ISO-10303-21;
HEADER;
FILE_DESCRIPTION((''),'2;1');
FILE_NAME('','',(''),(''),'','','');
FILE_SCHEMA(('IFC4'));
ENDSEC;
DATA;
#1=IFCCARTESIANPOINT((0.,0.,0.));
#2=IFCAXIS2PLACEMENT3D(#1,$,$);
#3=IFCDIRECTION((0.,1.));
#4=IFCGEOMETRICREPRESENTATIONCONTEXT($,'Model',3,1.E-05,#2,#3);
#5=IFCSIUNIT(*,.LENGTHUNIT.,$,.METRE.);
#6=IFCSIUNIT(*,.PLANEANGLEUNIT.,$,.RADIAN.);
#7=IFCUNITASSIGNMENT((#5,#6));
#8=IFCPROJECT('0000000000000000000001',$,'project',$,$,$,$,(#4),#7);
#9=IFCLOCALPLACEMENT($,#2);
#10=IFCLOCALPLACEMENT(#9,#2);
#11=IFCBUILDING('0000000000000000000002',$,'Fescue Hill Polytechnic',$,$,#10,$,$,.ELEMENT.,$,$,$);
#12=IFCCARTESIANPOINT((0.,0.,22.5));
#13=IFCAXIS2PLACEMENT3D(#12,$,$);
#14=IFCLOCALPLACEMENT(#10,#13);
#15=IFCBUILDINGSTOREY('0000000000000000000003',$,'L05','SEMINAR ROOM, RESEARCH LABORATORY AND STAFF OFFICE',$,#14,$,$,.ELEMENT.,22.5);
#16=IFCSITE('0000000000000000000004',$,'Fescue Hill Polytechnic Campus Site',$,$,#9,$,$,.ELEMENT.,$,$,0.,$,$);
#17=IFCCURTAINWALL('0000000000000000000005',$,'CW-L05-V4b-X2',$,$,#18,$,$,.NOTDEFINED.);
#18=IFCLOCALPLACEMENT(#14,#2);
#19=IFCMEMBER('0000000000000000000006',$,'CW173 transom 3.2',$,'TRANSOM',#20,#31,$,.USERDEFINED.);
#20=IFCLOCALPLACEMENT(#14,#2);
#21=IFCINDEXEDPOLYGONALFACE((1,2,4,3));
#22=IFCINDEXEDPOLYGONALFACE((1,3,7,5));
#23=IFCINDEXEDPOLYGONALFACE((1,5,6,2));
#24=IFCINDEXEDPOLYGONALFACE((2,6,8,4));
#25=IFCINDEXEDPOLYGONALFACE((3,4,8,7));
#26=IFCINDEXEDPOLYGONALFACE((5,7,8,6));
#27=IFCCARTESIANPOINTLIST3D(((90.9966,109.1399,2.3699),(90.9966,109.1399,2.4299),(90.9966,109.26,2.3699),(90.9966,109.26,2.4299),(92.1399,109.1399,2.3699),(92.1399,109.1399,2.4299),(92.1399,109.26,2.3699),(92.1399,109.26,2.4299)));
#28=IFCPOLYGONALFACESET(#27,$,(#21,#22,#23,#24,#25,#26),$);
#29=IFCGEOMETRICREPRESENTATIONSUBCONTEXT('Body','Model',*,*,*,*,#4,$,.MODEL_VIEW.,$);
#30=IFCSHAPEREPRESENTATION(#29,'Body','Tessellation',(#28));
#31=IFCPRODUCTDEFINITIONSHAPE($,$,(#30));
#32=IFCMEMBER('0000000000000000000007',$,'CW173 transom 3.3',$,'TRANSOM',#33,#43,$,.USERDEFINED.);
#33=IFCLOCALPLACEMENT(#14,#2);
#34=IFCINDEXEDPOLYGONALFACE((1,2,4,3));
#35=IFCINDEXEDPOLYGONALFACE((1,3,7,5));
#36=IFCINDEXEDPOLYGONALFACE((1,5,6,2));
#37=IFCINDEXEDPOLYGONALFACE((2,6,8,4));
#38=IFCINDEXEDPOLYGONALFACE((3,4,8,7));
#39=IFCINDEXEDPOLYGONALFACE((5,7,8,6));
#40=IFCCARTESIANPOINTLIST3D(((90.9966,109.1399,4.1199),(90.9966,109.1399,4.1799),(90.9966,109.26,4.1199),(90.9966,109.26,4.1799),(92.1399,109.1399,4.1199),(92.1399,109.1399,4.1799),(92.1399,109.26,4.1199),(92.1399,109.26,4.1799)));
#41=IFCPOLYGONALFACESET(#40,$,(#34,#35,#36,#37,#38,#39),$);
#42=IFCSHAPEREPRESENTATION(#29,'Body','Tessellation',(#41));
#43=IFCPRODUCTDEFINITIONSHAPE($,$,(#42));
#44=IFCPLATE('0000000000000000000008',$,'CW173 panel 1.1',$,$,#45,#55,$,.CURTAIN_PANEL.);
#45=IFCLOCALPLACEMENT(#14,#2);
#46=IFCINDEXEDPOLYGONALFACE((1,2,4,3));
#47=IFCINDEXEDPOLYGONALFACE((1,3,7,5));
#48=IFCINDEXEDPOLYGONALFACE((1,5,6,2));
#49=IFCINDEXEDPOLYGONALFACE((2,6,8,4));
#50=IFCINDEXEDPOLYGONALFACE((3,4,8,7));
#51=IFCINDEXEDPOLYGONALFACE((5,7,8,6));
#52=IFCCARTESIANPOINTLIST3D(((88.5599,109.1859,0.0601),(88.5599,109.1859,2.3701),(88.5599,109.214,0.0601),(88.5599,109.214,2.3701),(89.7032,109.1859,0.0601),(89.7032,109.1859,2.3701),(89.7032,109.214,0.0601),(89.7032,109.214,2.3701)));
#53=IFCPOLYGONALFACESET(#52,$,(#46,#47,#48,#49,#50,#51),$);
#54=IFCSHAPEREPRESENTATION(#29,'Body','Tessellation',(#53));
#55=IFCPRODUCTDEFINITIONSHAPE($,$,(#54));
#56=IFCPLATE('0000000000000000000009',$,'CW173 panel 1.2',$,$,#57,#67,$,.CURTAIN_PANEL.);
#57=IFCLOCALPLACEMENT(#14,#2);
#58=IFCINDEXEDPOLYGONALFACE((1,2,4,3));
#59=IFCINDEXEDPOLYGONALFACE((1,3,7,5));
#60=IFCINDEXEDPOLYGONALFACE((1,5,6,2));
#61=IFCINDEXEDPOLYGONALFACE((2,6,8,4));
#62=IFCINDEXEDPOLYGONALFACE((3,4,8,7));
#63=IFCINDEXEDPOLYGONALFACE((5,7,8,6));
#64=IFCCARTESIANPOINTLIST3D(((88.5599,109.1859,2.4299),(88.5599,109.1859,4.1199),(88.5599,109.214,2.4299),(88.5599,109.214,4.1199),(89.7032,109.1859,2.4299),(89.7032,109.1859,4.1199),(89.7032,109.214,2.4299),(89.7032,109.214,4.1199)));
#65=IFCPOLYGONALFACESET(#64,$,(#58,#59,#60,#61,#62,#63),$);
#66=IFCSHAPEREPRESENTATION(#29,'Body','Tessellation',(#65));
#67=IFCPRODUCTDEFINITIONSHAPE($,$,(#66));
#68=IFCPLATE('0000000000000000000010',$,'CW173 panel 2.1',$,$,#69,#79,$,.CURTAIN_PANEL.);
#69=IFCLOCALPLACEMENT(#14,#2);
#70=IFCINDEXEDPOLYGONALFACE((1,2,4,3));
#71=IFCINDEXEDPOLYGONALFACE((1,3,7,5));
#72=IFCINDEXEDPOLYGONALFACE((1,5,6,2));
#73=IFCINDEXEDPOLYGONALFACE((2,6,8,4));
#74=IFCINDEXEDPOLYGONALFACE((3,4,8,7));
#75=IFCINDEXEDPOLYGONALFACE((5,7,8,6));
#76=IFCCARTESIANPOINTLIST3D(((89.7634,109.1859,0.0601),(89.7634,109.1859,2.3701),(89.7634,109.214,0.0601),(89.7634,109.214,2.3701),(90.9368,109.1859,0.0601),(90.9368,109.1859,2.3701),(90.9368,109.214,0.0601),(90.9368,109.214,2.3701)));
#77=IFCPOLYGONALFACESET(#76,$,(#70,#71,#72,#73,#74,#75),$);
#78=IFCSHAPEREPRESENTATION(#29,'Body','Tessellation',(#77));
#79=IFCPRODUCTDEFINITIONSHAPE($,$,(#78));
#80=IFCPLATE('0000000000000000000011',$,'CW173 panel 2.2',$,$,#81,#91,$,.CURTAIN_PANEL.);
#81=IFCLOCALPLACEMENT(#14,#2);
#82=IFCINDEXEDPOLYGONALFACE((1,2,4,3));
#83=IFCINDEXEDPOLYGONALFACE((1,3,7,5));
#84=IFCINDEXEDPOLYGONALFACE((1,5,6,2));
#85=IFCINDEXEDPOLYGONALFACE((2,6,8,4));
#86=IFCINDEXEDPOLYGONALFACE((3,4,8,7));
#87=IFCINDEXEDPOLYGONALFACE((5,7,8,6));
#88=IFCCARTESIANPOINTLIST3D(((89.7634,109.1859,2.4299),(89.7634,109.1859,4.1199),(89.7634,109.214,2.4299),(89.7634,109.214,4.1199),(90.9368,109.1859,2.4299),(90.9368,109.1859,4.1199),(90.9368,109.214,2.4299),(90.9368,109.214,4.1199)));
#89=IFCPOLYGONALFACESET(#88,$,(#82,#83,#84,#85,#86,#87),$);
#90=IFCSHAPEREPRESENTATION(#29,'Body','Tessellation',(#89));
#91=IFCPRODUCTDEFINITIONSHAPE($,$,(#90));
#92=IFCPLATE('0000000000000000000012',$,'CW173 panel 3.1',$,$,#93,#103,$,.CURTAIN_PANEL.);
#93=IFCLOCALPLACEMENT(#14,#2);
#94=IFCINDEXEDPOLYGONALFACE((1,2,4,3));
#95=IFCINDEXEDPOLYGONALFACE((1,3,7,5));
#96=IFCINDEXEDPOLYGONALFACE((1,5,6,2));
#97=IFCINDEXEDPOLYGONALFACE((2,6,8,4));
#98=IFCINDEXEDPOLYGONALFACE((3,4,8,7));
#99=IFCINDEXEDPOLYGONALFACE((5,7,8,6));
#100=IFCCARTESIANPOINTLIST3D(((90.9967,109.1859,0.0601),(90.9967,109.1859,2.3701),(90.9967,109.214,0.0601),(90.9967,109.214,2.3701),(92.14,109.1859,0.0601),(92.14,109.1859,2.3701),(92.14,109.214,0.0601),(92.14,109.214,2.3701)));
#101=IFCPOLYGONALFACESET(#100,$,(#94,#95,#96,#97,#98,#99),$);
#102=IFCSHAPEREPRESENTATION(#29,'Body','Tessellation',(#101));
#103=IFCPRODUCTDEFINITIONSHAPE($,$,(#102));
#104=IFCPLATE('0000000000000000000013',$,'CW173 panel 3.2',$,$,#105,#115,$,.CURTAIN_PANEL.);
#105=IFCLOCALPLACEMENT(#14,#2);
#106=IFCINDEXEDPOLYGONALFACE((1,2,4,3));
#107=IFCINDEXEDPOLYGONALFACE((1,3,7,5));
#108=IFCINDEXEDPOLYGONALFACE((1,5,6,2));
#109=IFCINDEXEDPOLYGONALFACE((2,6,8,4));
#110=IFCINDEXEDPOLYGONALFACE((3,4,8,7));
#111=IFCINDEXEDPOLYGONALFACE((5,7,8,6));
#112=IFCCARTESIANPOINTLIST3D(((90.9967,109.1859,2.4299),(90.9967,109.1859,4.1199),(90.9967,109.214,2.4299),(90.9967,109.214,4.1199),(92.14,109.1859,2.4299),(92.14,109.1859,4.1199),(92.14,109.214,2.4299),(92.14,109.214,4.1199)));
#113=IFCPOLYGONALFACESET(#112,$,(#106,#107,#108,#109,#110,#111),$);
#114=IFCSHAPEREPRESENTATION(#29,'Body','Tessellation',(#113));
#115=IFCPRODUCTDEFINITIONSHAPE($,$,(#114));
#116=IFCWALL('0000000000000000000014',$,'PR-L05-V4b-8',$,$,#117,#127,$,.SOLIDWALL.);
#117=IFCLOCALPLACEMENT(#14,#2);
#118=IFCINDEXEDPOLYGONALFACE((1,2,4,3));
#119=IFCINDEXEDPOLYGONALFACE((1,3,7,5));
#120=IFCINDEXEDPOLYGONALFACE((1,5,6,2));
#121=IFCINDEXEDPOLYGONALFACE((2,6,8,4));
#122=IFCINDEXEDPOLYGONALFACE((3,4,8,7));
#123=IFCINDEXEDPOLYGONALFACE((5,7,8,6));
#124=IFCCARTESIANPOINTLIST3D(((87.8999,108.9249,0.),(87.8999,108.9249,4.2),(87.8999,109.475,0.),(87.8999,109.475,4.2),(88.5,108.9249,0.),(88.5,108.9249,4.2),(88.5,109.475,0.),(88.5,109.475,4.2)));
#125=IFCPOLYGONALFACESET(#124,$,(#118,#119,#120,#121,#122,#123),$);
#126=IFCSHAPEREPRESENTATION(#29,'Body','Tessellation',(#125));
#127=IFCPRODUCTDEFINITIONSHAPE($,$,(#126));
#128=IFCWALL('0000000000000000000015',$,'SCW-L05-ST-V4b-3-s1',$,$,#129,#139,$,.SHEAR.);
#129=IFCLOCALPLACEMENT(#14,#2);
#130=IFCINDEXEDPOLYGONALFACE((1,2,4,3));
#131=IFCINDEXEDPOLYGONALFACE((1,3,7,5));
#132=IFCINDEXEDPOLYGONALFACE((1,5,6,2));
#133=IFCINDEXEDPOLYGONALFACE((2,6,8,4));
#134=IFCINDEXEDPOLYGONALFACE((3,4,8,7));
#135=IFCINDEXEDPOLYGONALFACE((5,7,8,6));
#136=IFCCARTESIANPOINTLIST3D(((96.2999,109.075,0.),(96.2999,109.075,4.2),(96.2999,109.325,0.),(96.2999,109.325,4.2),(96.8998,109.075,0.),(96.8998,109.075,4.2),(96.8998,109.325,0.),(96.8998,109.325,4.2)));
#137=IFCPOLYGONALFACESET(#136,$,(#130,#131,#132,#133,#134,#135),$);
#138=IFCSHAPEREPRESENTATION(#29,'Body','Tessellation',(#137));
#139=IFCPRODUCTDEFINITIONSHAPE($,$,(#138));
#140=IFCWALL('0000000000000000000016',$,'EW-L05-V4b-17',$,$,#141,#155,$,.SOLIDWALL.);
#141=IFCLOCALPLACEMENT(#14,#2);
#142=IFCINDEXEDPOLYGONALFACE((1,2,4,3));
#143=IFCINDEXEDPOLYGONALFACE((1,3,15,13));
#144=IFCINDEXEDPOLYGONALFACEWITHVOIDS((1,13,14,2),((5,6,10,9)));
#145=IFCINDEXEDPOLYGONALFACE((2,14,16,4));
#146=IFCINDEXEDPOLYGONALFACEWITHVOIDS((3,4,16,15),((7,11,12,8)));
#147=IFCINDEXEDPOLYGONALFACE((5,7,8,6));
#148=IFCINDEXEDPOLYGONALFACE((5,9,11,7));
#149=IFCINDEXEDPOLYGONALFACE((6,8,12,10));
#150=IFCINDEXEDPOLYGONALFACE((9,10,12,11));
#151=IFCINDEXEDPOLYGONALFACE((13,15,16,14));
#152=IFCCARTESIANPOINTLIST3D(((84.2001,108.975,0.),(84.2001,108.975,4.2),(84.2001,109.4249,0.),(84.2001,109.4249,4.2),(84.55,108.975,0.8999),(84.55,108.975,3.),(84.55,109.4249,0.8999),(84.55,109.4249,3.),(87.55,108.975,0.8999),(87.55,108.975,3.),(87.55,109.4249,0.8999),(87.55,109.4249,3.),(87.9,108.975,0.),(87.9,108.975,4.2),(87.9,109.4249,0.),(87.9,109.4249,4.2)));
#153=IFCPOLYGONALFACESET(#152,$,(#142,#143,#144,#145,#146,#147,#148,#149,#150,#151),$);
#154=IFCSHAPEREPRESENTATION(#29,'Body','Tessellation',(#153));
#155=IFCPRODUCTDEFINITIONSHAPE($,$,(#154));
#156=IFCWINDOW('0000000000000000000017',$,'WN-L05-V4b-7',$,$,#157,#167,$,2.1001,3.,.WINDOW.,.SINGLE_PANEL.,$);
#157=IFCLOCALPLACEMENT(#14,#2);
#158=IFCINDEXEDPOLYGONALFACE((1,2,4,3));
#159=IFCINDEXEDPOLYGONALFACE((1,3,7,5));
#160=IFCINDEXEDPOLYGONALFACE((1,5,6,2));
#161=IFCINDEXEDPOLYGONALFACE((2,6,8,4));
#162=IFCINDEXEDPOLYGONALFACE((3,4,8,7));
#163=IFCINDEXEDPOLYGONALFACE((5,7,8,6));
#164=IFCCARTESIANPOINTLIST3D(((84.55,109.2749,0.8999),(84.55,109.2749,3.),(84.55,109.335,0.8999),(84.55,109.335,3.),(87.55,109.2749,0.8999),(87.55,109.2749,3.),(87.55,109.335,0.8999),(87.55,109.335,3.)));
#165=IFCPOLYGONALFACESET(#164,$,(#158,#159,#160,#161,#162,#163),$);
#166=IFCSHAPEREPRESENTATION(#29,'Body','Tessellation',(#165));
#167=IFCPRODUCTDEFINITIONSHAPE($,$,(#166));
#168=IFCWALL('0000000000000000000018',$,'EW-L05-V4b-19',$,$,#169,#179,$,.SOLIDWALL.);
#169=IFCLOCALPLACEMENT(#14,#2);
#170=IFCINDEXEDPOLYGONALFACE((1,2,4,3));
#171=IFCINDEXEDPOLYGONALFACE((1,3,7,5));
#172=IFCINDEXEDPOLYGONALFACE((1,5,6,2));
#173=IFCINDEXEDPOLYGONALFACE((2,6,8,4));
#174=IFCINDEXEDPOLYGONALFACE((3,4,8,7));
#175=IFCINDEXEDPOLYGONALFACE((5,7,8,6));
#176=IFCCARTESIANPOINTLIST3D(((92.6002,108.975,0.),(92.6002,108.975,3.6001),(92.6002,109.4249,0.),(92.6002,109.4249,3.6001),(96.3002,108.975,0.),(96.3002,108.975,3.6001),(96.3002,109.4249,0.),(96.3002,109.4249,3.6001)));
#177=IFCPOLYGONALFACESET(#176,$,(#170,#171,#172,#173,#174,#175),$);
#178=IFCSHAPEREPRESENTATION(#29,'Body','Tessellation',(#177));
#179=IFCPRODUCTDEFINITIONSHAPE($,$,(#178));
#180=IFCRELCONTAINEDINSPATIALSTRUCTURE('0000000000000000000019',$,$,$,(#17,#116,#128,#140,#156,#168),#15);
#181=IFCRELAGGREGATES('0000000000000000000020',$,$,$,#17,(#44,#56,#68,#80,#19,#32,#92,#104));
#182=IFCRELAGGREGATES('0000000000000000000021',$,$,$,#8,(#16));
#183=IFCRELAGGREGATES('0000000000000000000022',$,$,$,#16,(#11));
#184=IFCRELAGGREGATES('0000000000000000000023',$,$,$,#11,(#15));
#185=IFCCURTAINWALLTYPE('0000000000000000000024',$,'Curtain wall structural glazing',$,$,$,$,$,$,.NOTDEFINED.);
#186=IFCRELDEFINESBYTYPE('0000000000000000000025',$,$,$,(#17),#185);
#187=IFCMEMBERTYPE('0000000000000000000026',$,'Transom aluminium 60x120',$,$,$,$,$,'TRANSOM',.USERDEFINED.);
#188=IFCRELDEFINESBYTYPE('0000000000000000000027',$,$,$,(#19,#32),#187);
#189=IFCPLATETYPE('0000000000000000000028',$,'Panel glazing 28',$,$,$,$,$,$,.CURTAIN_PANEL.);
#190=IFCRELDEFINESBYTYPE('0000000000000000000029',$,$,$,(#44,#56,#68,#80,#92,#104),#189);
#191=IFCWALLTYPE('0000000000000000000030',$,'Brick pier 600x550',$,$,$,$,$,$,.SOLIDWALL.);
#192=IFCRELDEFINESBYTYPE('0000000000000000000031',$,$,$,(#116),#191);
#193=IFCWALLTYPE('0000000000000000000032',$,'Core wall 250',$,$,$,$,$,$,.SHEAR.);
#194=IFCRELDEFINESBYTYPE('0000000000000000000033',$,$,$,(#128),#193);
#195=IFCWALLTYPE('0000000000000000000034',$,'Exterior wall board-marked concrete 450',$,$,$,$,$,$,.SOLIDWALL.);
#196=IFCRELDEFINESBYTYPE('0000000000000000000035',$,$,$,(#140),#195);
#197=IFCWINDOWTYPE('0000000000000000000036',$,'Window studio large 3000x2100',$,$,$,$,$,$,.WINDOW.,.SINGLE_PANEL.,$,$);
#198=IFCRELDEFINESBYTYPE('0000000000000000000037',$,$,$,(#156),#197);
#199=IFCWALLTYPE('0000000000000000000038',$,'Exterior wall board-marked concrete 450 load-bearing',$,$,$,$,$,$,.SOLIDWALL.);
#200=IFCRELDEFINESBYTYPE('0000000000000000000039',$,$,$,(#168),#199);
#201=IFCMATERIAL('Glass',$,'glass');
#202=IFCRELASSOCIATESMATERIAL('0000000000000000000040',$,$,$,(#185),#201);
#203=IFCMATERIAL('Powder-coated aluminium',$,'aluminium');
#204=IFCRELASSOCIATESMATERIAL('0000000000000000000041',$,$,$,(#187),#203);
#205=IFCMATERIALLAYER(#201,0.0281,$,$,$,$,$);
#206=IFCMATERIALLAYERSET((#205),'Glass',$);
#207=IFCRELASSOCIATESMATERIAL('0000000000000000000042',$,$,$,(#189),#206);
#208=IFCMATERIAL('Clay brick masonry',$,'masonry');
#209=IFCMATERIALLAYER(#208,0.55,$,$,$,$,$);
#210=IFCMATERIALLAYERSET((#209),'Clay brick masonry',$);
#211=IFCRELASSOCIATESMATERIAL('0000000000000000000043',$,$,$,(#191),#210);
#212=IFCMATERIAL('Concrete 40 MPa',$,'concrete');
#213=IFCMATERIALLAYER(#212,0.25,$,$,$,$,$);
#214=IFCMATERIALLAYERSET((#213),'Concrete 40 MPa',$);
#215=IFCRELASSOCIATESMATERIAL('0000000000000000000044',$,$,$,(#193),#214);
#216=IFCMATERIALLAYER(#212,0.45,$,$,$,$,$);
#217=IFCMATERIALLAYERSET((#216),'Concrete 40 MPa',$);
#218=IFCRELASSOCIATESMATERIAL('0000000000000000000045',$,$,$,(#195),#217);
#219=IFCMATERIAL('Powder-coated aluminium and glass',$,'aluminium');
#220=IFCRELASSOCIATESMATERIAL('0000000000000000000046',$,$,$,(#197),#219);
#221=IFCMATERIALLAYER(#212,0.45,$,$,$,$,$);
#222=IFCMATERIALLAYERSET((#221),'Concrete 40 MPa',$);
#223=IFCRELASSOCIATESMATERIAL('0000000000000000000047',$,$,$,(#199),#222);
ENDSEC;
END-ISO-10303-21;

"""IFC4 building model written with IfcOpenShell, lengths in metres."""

from ifc_helpers import new_model, si_unit, direction, frame, frame_2d, origin, origin_2d, place, context, subcontext, project, spatial, rectangle, extrude, material, layer, layer_set, material_profile, profile_set, type_object, element, fill, aggregate, save


model = new_model("IFC4")

# Units and contexts
model_context = context("Model", 3, precision=1e-05, world=origin(), true_north=direction((0.0, 1.0)))
body_context = subcontext(model_context, "Body", "Model", "MODEL_VIEW")
ifc_project = project(units=[si_unit("LENGTHUNIT", "METRE"), si_unit("PLANEANGLEUNIT", "RADIAN")], contexts=[model_context])

# Site, building, storey
site_placement = place(None, origin())
site = spatial("IfcSite", under=ifc_project, at=site_placement, Name="Fescue Hill Polytechnic Campus Site", CompositionType="ELEMENT", RefElevation=0.0)
building_placement = place(site_placement, origin())
building = spatial("IfcBuilding", under=site, at=building_placement, Name="Fescue Hill Polytechnic", CompositionType="ELEMENT")
storey_placement = place(building_placement, frame((0.0, 0.0, 22.5)))
storey = spatial("IfcBuildingStorey", under=building, at=storey_placement, Name="L05", Description="SEMINAR ROOM, RESEARCH LABORATORY AND STAFF OFFICE", CompositionType="ELEMENT", Elevation=22.5)

# Shared definitions
ifc_material_1 = material(Name="Concrete 40 MPa", Category="concrete")

# Curtain wall, members, plates
ifc_material_2 = material(Name="Glass", Category="glass")
curtain_wall_type = type_object("IfcCurtainWallType", Name="Curtain wall structural glazing", PredefinedType="NOTDEFINED", material=ifc_material_2)
curtain_wall_placement = place(storey_placement, origin())
curtain_wall = element("IfcCurtainWall", 1, at=curtain_wall_placement, inside=storey, type_object=curtain_wall_type, Name="CW-L05-V4b-X2", PredefinedType="NOTDEFINED")
ifc_material_3 = material(Name="Powder-coated aluminium", Category="aluminium")
ifc_material_profile_1 = material_profile(ifc_material_3, rectangle(XDim=0.1201, YDim=0.0601, at=origin_2d()), Name="Transom aluminium 60x120")
ifc_profile_set_1 = profile_set([ifc_material_profile_1], Name="Powder-coated aluminium")
member_type_1 = type_object("IfcMemberType", Name="Transom aluminium 60x120", ElementType="TRANSOM", PredefinedType="USERDEFINED", material=ifc_profile_set_1)
member_1_placement = place(storey_placement, frame((90.9966, 109.2, 2.3999), z_axis=(1.0, 0.0, 0.0), x_axis=(0.0, 1.0, 0.0)))
member_1 = element("IfcMember", 2, at=member_1_placement, type_object=member_type_1, Name="CW173 transom 3.2", ObjectType="TRANSOM", PredefinedType="USERDEFINED", context=body_context, shape_type="SweptSolid", body=[
    extrude(rectangle(XDim=0.1201, YDim=0.0601, at=origin_2d()), origin(), (0.0, 0.0, 1.0), 1.1433),
])
member_2_placement = place(storey_placement, frame((90.9966, 109.2, 4.1499), z_axis=(1.0, 0.0, 0.0), x_axis=(0.0, 1.0, 0.0)))
member_2 = element("IfcMember", 3, at=member_2_placement, type_object=member_type_1, Name="CW173 transom 3.3", ObjectType="TRANSOM", PredefinedType="USERDEFINED", context=body_context, shape_type="SweptSolid", body=[
    extrude(rectangle(XDim=0.1201, YDim=0.0601, at=origin_2d()), origin(), (0.0, 0.0, 1.0), 1.1433),
])
ifc_layer_1 = layer(ifc_material_2, 0.0281)
ifc_layer_set_1 = layer_set([ifc_layer_1], Name="Glass")
plate_type = type_object("IfcPlateType", Name="Panel glazing 28", PredefinedType="CURTAIN_PANEL", material=ifc_layer_set_1)
plate_1_placement = place(storey_placement, frame((89.1316, 109.2, 0.0601), z_axis=(0.0, 0.0, 1.0), x_axis=(1.0, 0.0, 0.0)))
plate_1 = element("IfcPlate", 4, at=plate_1_placement, type_object=plate_type, Name="CW173 panel 1.1", PredefinedType="CURTAIN_PANEL", context=body_context, shape_type="SweptSolid", body=[
    extrude(rectangle(XDim=1.1433, YDim=0.0281, at=origin_2d()), origin(), (0.0, 0.0, 1.0), 2.3101),
])
plate_2_placement = place(storey_placement, frame((89.1316, 109.2, 2.4299), z_axis=(0.0, 0.0, 1.0), x_axis=(1.0, 0.0, 0.0)))
plate_2 = element("IfcPlate", 5, at=plate_2_placement, type_object=plate_type, Name="CW173 panel 1.2", PredefinedType="CURTAIN_PANEL", context=body_context, shape_type="SweptSolid", body=[
    extrude(rectangle(XDim=1.1433, YDim=0.0281, at=origin_2d()), origin(), (0.0, 0.0, 1.0), 1.6899),
])
plate_3_placement = place(storey_placement, frame((90.3501, 109.2, 0.0601), z_axis=(0.0, 0.0, 1.0), x_axis=(1.0, 0.0, 0.0)))
plate_3 = element("IfcPlate", 6, at=plate_3_placement, type_object=plate_type, Name="CW173 panel 2.1", PredefinedType="CURTAIN_PANEL", context=body_context, shape_type="SweptSolid", body=[
    extrude(rectangle(XDim=1.1733, YDim=0.0281, at=origin_2d()), origin(), (0.0, 0.0, 1.0), 2.3101),
])
plate_4_placement = place(storey_placement, frame((90.3501, 109.2, 2.4299), z_axis=(0.0, 0.0, 1.0), x_axis=(1.0, 0.0, 0.0)))
plate_4 = element("IfcPlate", 7, at=plate_4_placement, type_object=plate_type, Name="CW173 panel 2.2", PredefinedType="CURTAIN_PANEL", context=body_context, shape_type="SweptSolid", body=[
    extrude(rectangle(XDim=1.1733, YDim=0.0281, at=origin_2d()), origin(), (0.0, 0.0, 1.0), 1.6899),
])
plate_5_placement = place(storey_placement, frame((91.5684, 109.2, 0.0601), z_axis=(0.0, 0.0, 1.0), x_axis=(1.0, 0.0, 0.0)))
plate_5 = element("IfcPlate", 8, at=plate_5_placement, type_object=plate_type, Name="CW173 panel 3.1", PredefinedType="CURTAIN_PANEL", context=body_context, shape_type="SweptSolid", body=[
    extrude(rectangle(XDim=1.1433, YDim=0.0281, at=origin_2d()), origin(), (0.0, 0.0, 1.0), 2.3101),
])
plate_6_placement = place(storey_placement, frame((91.5684, 109.2, 2.4299), z_axis=(0.0, 0.0, 1.0), x_axis=(1.0, 0.0, 0.0)))
plate_6 = element("IfcPlate", 9, at=plate_6_placement, type_object=plate_type, Name="CW173 panel 3.2", PredefinedType="CURTAIN_PANEL", context=body_context, shape_type="SweptSolid", body=[
    extrude(rectangle(XDim=1.1433, YDim=0.0281, at=origin_2d()), origin(), (0.0, 0.0, 1.0), 1.6899),
])
aggregate(curtain_wall, [plate_1, plate_2, plate_3, plate_4, member_1, member_2, plate_5, plate_6])

# Walls
ifc_material_4 = material(Name="Clay brick masonry", Category="masonry")
ifc_layer_2 = layer(ifc_material_4, 0.55)
ifc_layer_set_2 = layer_set([ifc_layer_2], Name="Clay brick masonry")
wall_type_1 = type_object("IfcWallType", Name="Brick pier 600x550", PredefinedType="SOLIDWALL", material=ifc_layer_set_2)
wall_1_placement = place(storey_placement, frame((87.8999, 109.2, 0.0), z_axis=(0.0, 0.0, 1.0), x_axis=(1.0, 0.0, 0.0)))
element("IfcWall", 10, at=wall_1_placement, inside=storey, type_object=wall_type_1, Name="PR-L05-V4b-8", PredefinedType="SOLIDWALL", context=body_context, shape_type="SweptSolid", body=[
    extrude(rectangle(XDim=0.6001, YDim=0.55, at=frame_2d((0.3, 0.0))), origin(), (0.0, 0.0, 1.0), 4.2),
])
ifc_layer_3 = layer(ifc_material_1, 0.25)
ifc_layer_set_3 = layer_set([ifc_layer_3], Name="Concrete 40 MPa")
wall_type_2 = type_object("IfcWallType", Name="Core wall 250", PredefinedType="SHEAR", material=ifc_layer_set_3)
wall_2_placement = place(storey_placement, frame((96.3, 109.2, 0.0), z_axis=(0.0, 0.0, 1.0), x_axis=(1.0, 0.0, 0.0)))
element("IfcWall", 11, at=wall_2_placement, inside=storey, type_object=wall_type_2, Name="SCW-L05-ST-V4b-3-s1", PredefinedType="SHEAR", context=body_context, shape_type="SweptSolid", body=[
    extrude(rectangle(XDim=0.5999, YDim=0.25, at=frame_2d((0.2998, 0.0))), origin(), (0.0, 0.0, 1.0), 4.2),
])

# Wall, opening, window
ifc_layer_4 = layer(ifc_material_1, 0.45)
ifc_layer_set_4 = layer_set([ifc_layer_4], Name="Concrete 40 MPa")
wall_type_3 = type_object("IfcWallType", Name="Exterior wall board-marked concrete 450", PredefinedType="SOLIDWALL", material=ifc_layer_set_4)
wall_3_placement = place(storey_placement, frame((84.2, 109.2, 0.0), z_axis=(0.0, 0.0, 1.0), x_axis=(1.0, 0.0, 0.0)))
wall_3 = element("IfcWall", 12, at=wall_3_placement, inside=storey, type_object=wall_type_3, Name="EW-L05-V4b-17", PredefinedType="SOLIDWALL", context=body_context, shape_type="SweptSolid", body=[
    extrude(rectangle(XDim=3.7, YDim=0.45, at=frame_2d((1.8501, 0.0))), origin(), (0.0, 0.0, 1.0), 4.2),
])
opening_placement = place(wall_3_placement, frame((0.3501, 0.0, 0.8999)))
opening = element("IfcOpeningElement", 13, at=opening_placement, cuts=wall_3, PredefinedType="OPENING", context=body_context, shape_type="SweptSolid", body=[
    extrude(rectangle(XDim=3.0, YDim=2.1001, at=frame_2d((1.5, 1.05))), frame((0.0, 0.2349, 0.0), z_axis=(0.0, -1.0, 0.0), x_axis=(1.0, 0.0, 0.0)), (0.0, 0.0, 1.0), 0.47),
])
ifc_material_5 = material(Name="Powder-coated aluminium and glass", Category="aluminium")
window_type = type_object("IfcWindowType", Name="Window studio large 3000x2100", PartitioningType="SINGLE_PANEL", PredefinedType="WINDOW", material=ifc_material_5)
window_placement = place(opening_placement, origin())
window = element("IfcWindow", 14, at=window_placement, inside=storey, type_object=window_type, Name="WN-L05-V4b-7", OverallHeight=2.1001, OverallWidth=3.0, PartitioningType="SINGLE_PANEL", PredefinedType="WINDOW", context=body_context, shape_type="SweptSolid", body=[
    extrude(rectangle(XDim=3.0, YDim=2.1001, at=frame_2d((1.5, 1.05))), frame((0.0, 0.135, 0.0), z_axis=(0.0, -1.0, 0.0), x_axis=(1.0, 0.0, 0.0)), (0.0, 0.0, 1.0), 0.0601),
])
fill(opening, window)

# Wall
ifc_layer_5 = layer(ifc_material_1, 0.45)
ifc_layer_set_5 = layer_set([ifc_layer_5], Name="Concrete 40 MPa")
wall_type_4 = type_object("IfcWallType", Name="Exterior wall board-marked concrete 450 load-bearing", PredefinedType="SOLIDWALL", material=ifc_layer_set_5)
wall_4_placement = place(storey_placement, frame((92.6001, 109.2, 0.0), z_axis=(0.0, 0.0, 1.0), x_axis=(1.0, 0.0, 0.0)))
element("IfcWall", 15, at=wall_4_placement, inside=storey, type_object=wall_type_4, Name="EW-L05-V4b-19", PredefinedType="SOLIDWALL", context=body_context, shape_type="SweptSolid", body=[
    extrude(rectangle(XDim=3.7, YDim=0.45, at=frame_2d((1.8501, 0.0))), origin(), (0.0, 0.0, 1.0), 3.6001),
])

save(model, "model.ifc")
